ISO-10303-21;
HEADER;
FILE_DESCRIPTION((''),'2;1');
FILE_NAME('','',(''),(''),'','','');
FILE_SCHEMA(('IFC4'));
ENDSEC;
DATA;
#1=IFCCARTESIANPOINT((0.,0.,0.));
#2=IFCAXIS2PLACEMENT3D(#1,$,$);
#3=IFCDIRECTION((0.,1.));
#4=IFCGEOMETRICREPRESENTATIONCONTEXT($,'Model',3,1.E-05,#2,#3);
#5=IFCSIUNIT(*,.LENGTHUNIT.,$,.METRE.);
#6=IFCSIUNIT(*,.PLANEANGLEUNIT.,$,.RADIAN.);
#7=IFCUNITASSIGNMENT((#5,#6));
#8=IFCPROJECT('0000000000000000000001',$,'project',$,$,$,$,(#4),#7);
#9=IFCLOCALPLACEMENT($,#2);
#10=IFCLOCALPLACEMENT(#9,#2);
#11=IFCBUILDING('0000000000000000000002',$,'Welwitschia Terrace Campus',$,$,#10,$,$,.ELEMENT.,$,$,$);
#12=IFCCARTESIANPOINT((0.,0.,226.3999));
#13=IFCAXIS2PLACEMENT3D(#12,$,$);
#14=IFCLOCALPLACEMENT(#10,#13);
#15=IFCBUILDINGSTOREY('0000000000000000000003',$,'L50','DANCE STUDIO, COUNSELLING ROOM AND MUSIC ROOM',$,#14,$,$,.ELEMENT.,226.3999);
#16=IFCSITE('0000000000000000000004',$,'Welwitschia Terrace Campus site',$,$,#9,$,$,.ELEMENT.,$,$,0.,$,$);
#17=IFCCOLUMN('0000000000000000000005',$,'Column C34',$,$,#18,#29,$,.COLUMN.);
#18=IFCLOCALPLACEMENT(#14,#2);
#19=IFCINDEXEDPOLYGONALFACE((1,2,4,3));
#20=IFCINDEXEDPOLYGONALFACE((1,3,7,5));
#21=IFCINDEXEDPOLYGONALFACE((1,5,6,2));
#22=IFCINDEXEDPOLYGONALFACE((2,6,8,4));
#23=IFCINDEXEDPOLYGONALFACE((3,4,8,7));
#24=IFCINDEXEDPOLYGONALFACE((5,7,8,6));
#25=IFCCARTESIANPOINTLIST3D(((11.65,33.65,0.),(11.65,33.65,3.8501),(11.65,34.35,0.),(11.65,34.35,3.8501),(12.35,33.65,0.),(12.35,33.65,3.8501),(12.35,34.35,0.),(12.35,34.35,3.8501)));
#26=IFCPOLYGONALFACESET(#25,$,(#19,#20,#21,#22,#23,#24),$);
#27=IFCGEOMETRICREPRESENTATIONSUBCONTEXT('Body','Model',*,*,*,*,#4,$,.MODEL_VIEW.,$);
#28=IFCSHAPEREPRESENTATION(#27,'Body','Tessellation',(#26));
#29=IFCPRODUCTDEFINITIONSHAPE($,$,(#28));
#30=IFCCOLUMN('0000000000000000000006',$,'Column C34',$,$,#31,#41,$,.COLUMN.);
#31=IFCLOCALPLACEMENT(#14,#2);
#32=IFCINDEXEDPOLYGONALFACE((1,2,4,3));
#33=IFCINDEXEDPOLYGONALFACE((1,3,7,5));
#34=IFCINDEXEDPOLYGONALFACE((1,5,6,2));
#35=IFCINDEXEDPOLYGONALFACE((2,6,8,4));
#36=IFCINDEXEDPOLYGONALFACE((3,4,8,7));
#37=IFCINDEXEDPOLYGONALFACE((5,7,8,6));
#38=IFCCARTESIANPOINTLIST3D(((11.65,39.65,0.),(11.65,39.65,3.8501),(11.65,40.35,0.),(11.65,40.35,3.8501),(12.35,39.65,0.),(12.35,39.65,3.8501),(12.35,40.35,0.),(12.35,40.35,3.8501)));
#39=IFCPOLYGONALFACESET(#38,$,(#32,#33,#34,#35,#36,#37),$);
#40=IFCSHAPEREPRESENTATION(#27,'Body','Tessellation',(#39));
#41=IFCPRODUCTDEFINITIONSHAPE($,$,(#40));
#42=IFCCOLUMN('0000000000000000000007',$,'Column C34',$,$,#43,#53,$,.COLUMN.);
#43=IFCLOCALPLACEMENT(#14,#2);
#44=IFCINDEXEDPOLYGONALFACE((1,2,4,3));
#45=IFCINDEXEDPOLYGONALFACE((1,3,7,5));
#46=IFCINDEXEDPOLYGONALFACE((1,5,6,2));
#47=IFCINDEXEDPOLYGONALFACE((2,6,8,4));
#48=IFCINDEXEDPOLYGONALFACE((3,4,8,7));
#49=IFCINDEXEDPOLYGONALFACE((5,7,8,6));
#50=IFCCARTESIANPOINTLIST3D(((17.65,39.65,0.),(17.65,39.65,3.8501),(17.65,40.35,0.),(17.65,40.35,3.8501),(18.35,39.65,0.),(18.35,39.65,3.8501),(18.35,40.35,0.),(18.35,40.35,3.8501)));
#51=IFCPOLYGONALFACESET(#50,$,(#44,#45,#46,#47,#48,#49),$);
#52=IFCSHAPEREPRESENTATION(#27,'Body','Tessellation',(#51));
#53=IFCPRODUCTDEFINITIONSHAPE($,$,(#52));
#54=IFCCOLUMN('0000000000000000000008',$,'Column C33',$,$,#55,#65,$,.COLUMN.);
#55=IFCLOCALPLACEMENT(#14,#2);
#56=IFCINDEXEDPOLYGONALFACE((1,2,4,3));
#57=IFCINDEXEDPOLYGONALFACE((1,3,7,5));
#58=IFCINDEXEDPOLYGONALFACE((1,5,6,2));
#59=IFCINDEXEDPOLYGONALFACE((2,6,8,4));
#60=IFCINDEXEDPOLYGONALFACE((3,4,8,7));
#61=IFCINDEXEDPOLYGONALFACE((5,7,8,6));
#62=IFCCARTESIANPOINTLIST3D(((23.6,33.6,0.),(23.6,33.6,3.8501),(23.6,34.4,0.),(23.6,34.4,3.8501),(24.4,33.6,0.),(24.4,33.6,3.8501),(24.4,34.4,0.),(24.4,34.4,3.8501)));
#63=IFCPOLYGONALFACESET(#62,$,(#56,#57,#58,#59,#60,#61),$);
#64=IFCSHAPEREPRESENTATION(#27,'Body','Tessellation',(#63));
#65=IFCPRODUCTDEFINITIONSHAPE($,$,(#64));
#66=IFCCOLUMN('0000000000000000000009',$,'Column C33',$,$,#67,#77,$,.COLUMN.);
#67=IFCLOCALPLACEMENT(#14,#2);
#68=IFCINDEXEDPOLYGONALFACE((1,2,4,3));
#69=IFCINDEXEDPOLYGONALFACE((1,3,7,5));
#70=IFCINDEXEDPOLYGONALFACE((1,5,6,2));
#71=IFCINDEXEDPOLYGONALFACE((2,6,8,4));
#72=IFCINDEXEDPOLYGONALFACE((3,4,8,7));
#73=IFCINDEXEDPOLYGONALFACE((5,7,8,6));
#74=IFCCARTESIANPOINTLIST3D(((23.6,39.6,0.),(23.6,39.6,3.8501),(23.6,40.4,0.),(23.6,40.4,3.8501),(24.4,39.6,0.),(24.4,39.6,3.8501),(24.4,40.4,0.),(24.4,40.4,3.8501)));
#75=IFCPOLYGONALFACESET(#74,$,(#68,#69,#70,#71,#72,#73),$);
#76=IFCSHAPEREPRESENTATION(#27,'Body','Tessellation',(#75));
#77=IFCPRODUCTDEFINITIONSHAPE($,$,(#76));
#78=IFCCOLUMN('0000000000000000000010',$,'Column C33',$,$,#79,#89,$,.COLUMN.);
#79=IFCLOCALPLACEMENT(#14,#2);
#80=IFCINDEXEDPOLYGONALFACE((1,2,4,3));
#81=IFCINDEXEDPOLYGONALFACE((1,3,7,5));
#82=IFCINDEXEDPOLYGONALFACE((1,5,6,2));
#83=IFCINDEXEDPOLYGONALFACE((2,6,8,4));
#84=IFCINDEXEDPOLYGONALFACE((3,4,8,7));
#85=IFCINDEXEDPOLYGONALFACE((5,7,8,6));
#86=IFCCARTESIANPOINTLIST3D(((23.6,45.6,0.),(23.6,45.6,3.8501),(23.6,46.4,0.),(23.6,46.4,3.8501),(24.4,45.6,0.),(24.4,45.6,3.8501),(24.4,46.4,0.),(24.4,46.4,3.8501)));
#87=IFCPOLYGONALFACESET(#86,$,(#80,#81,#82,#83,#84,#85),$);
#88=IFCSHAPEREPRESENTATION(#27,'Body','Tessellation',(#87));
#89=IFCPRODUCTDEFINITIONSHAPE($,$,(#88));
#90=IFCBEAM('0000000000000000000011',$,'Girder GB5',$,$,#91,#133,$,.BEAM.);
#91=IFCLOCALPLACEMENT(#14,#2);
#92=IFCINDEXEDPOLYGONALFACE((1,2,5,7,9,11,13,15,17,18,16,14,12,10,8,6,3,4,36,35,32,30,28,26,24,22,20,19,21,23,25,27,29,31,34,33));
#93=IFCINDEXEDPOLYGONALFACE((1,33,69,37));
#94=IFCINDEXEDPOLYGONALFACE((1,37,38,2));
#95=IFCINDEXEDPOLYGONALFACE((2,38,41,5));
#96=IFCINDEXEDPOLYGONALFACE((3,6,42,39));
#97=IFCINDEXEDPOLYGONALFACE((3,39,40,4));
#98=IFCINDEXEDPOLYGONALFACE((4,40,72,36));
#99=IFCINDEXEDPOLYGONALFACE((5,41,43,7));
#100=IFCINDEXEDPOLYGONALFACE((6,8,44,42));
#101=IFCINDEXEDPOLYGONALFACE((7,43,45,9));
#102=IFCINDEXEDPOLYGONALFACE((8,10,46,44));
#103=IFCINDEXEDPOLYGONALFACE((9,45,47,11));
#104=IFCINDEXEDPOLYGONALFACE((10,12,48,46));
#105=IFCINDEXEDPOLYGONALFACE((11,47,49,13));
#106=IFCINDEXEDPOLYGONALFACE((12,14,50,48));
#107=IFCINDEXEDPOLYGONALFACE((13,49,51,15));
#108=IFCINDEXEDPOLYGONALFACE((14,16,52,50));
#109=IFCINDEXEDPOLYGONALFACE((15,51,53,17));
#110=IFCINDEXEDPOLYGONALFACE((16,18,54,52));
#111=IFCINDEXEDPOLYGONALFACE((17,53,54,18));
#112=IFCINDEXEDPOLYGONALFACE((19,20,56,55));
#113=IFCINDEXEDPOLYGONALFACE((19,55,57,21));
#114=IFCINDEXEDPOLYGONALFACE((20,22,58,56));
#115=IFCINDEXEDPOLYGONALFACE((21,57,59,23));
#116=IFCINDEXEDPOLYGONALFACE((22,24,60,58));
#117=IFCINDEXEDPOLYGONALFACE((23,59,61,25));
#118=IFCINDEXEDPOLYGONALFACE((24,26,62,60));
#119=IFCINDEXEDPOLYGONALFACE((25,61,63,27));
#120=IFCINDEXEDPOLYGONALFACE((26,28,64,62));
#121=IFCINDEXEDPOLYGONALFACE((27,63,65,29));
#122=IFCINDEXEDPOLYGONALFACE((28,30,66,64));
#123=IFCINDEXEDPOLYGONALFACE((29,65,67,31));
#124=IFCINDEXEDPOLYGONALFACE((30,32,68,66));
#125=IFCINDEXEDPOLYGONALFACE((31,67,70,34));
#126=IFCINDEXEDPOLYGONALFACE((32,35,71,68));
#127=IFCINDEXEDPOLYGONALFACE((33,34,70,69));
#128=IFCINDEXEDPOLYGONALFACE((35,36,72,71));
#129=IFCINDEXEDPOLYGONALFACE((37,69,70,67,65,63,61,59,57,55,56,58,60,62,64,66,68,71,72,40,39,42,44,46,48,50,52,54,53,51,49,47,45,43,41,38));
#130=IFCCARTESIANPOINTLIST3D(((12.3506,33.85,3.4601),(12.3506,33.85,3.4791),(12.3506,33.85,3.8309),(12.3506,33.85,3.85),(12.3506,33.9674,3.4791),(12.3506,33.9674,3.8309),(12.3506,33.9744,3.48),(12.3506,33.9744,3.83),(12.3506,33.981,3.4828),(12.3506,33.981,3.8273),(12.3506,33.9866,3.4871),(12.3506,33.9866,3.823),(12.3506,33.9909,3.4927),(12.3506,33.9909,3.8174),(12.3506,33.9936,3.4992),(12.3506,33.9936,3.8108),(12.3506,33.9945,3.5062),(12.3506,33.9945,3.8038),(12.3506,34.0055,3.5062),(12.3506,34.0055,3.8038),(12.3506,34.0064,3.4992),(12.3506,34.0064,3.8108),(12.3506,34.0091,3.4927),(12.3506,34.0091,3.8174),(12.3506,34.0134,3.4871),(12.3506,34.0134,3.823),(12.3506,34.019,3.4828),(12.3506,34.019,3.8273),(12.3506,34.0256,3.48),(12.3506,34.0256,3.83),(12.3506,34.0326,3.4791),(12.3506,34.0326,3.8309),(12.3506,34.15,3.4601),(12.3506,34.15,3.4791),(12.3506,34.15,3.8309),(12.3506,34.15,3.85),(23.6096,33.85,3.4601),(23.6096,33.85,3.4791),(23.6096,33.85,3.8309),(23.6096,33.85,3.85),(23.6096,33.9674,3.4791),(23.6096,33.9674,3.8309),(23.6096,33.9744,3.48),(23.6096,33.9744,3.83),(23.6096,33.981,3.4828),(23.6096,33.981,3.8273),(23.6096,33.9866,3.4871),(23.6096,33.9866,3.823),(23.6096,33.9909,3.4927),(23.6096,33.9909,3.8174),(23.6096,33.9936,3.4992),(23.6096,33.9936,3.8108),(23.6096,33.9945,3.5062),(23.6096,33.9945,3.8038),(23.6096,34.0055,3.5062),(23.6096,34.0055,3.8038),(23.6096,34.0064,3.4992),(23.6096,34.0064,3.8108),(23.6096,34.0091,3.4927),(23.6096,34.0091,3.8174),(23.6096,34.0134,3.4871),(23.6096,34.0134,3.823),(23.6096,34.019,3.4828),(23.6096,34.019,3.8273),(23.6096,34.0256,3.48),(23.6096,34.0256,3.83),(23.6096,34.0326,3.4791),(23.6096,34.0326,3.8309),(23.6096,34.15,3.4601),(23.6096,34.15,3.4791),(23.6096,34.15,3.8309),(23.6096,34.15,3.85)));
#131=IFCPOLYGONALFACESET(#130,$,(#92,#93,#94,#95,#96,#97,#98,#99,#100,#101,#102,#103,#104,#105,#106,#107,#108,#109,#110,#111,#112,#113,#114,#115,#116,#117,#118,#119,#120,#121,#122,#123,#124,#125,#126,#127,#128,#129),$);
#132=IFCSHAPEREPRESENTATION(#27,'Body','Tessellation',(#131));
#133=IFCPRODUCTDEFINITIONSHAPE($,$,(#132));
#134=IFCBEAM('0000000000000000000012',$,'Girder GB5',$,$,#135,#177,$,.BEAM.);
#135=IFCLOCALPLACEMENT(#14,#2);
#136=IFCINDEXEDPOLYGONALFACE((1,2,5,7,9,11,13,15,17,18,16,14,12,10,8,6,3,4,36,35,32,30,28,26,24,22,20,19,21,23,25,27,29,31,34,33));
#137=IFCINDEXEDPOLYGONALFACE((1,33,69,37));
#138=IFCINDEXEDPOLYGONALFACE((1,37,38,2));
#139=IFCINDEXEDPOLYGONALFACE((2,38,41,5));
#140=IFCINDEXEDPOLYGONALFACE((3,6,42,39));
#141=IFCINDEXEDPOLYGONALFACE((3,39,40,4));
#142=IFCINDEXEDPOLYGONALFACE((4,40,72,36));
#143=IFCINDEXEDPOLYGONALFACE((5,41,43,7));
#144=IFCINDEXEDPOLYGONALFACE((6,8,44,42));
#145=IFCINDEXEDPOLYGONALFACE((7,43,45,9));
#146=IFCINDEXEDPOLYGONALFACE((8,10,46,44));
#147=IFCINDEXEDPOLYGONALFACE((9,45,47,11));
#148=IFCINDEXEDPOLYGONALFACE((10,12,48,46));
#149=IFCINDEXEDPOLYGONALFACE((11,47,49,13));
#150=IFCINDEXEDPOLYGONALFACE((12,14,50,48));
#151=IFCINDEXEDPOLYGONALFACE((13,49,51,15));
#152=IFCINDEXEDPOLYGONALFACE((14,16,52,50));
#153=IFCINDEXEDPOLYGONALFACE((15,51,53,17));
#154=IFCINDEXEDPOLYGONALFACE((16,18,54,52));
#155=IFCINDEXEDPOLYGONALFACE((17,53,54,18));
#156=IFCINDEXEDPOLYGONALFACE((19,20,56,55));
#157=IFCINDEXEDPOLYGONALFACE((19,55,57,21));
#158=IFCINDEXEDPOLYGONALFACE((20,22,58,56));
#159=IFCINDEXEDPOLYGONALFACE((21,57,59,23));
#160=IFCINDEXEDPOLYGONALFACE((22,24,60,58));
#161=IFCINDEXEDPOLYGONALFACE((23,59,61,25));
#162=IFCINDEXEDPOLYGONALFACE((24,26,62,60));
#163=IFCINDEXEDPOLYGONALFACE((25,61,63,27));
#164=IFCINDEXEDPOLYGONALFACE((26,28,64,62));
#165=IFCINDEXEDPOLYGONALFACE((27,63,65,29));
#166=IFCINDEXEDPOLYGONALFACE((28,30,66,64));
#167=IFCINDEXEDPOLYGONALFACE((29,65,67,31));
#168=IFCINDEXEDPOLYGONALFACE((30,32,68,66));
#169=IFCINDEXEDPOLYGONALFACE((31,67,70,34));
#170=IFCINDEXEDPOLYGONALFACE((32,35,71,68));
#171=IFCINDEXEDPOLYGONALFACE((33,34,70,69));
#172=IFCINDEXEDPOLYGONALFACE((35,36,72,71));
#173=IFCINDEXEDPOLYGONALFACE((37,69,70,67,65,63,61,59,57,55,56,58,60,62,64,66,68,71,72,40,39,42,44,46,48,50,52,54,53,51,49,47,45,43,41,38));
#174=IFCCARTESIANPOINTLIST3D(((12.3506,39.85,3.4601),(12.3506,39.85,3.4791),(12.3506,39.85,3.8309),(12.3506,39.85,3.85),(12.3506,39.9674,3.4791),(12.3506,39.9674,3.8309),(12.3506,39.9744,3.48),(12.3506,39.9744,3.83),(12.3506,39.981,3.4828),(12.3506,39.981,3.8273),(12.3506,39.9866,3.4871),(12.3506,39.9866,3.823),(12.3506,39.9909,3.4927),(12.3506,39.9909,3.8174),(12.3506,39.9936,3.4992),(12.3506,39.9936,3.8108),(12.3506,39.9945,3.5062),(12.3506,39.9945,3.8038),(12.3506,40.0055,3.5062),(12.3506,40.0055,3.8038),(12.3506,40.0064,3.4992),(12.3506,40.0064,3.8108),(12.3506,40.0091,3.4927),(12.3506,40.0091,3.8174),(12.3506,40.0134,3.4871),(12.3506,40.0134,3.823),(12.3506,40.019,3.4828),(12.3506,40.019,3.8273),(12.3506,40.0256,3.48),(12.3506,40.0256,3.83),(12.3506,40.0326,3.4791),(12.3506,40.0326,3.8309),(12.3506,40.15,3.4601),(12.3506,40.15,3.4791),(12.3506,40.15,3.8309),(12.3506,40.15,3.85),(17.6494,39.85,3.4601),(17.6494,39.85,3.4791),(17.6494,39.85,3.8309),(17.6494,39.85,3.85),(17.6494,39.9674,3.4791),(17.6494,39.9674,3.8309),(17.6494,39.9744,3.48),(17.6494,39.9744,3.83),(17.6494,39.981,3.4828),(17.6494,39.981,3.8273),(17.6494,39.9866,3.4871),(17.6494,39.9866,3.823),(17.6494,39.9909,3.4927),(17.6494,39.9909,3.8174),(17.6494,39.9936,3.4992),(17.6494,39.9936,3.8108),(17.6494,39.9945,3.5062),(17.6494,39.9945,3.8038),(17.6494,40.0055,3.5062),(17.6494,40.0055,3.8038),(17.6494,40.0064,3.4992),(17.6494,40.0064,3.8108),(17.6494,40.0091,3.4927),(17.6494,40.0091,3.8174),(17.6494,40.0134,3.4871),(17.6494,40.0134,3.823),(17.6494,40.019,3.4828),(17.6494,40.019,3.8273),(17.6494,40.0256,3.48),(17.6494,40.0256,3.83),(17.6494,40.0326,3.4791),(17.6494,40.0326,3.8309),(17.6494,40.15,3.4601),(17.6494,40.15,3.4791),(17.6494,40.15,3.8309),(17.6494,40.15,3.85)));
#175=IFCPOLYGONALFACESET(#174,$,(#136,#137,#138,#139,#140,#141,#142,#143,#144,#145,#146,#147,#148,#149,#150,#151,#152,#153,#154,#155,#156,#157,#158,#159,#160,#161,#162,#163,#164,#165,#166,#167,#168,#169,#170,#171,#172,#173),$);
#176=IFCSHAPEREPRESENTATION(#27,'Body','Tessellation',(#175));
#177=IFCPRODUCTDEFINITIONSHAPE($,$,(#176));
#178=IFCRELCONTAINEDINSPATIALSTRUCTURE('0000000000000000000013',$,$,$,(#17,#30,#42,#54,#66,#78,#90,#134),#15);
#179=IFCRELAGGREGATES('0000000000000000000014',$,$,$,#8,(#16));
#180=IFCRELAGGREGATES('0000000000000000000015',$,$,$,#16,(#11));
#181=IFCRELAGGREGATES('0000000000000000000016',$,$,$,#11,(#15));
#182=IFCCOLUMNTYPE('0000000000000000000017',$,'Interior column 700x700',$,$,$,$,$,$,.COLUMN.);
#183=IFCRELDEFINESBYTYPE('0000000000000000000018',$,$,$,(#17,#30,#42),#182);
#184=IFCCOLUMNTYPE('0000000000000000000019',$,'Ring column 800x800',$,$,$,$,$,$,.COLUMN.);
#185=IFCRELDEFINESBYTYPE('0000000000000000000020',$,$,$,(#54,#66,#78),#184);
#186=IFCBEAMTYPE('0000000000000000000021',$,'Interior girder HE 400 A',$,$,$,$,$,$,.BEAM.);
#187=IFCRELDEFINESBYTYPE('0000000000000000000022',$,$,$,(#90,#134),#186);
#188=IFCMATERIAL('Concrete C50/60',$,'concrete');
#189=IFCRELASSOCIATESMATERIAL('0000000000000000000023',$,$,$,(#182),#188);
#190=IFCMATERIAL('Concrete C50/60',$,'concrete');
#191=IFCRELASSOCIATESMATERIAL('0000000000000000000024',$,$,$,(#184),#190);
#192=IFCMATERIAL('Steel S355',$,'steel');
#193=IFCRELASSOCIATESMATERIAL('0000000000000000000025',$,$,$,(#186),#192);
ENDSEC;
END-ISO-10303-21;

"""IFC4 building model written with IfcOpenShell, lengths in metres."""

from ifc_helpers import new_model, si_unit, direction, frame, origin, origin_2d, place, context, subcontext, project, spatial, rectangle, i_section, extrude, material, material_profile, profile_set, type_object, element, save


model = new_model("IFC4")

# Units and contexts
model_context = context("Model", 3, precision=1e-05, world=origin(), true_north=direction((0.0, 1.0)))
body_context = subcontext(model_context, "Body", "Model", "MODEL_VIEW")
ifc_project = project(units=[si_unit("LENGTHUNIT", "METRE"), si_unit("PLANEANGLEUNIT", "RADIAN")], contexts=[model_context])

# Site, building, storey
site_placement = place(None, origin())
site = spatial("IfcSite", under=ifc_project, at=site_placement, Name="Welwitschia Terrace Campus site", CompositionType="ELEMENT", RefElevation=0.0)
building_placement = place(site_placement, origin())
building = spatial("IfcBuilding", under=site, at=building_placement, Name="Welwitschia Terrace Campus", CompositionType="ELEMENT")
storey_placement = place(building_placement, frame((0.0, 0.0, 226.3999)))
storey = spatial("IfcBuildingStorey", under=building, at=storey_placement, Name="L50", Description="DANCE STUDIO, COUNSELLING ROOM AND MUSIC ROOM", CompositionType="ELEMENT", Elevation=226.3999)

# Columns
ifc_material_1 = material(Name="Concrete C50/60", Category="concrete")
ifc_material_profile_1 = material_profile(ifc_material_1, rectangle(XDim=0.7, YDim=0.7, at=origin_2d()))
ifc_profile_set_1 = profile_set([ifc_material_profile_1], Name="Concrete C50/60")
column_type_1 = type_object("IfcColumnType", Name="Interior column 700x700", PredefinedType="COLUMN", material=ifc_profile_set_1)
for number, where, z_axis, x_axis, name in (
    (1, (12.0, 34.0, 0.0), (0.0, 0.0, 1.0), (1.0, 0.0, 0.0), "Column C34"),
    (2, (12.0, 40.0, 0.0), (0.0, 0.0, 1.0), (1.0, 0.0, 0.0), "Column C34"),
    (3, (18.0, 40.0, 0.0), (0.0, 0.0, 1.0), (1.0, 0.0, 0.0), "Column C34"),
):
    element("IfcColumn", number, at=place(storey_placement, frame(where, z_axis=z_axis, x_axis=x_axis)), inside=storey, type_object=column_type_1, Name=name, PredefinedType="COLUMN", context=body_context, shape_type="SweptSolid", body=[
        extrude(rectangle(XDim=0.7, YDim=0.7, at=origin_2d()), origin(), (0.0, 0.0, 1.0), 3.8501),
    ])
ifc_material_2 = material(Name="Concrete C50/60", Category="concrete")
ifc_material_profile_2 = material_profile(ifc_material_2, rectangle(XDim=0.8, YDim=0.8, at=origin_2d()))
ifc_profile_set_2 = profile_set([ifc_material_profile_2], Name="Concrete C50/60")
column_type_2 = type_object("IfcColumnType", Name="Ring column 800x800", PredefinedType="COLUMN", material=ifc_profile_set_2)
for number, where, z_axis, x_axis, name in (
    (4, (24.0, 34.0, 0.0), (0.0, 0.0, 1.0), (1.0, 0.0, 0.0), "Column C33"),
    (5, (24.0, 40.0, 0.0), (0.0, 0.0, 1.0), (1.0, 0.0, 0.0), "Column C33"),
    (6, (24.0, 46.0, 0.0), (0.0, 0.0, 1.0), (1.0, 0.0, 0.0), "Column C33"),
):
    element("IfcColumn", number, at=place(storey_placement, frame(where, z_axis=z_axis, x_axis=x_axis)), inside=storey, type_object=column_type_2, Name=name, PredefinedType="COLUMN", context=body_context, shape_type="SweptSolid", body=[
        extrude(rectangle(XDim=0.8, YDim=0.8, at=origin_2d()), origin(), (0.0, 0.0, 1.0), 3.8501),
    ])

# Beams
ifc_material_3 = material(Name="Steel S355", Category="steel")
ifc_material_profile_3 = material_profile(ifc_material_3, i_section(OverallWidth=0.3, OverallDepth=0.3899, WebThickness=0.011, FlangeThickness=0.019, FilletRadius=0.0271, at=origin_2d()))
ifc_profile_set_3 = profile_set([ifc_material_profile_3], Name="Steel S355")
beam_type_1 = type_object("IfcBeamType", Name="Interior girder HE 400 A", PredefinedType="BEAM", material=ifc_profile_set_3)
beam_1_placement = place(storey_placement, frame((12.3506, 34.0, 3.655), z_axis=(1.0, 0.0, 0.0), x_axis=(0.0, 1.0, 0.0)))
element("IfcBeam", 7, at=beam_1_placement, inside=storey, type_object=beam_type_1, Name="Girder GB5", PredefinedType="BEAM", context=body_context, shape_type="SweptSolid", body=[
    extrude(i_section(OverallWidth=0.3, OverallDepth=0.3899, WebThickness=0.011, FlangeThickness=0.019, FilletRadius=0.0271, at=origin_2d()), origin(), (0.0, 0.0, 1.0), 11.259),
])
beam_2_placement = place(storey_placement, frame((12.3506, 40.0, 3.655), z_axis=(1.0, 0.0, 0.0), x_axis=(0.0, 1.0, 0.0)))
element("IfcBeam", 8, at=beam_2_placement, inside=storey, type_object=beam_type_1, Name="Girder GB5", PredefinedType="BEAM", context=body_context, shape_type="SweptSolid", body=[
    extrude(i_section(OverallWidth=0.3, OverallDepth=0.3899, WebThickness=0.011, FlangeThickness=0.019, FilletRadius=0.0271, at=origin_2d()), origin(), (0.0, 0.0, 1.0), 5.2988),
])

save(model, "model.ifc")
